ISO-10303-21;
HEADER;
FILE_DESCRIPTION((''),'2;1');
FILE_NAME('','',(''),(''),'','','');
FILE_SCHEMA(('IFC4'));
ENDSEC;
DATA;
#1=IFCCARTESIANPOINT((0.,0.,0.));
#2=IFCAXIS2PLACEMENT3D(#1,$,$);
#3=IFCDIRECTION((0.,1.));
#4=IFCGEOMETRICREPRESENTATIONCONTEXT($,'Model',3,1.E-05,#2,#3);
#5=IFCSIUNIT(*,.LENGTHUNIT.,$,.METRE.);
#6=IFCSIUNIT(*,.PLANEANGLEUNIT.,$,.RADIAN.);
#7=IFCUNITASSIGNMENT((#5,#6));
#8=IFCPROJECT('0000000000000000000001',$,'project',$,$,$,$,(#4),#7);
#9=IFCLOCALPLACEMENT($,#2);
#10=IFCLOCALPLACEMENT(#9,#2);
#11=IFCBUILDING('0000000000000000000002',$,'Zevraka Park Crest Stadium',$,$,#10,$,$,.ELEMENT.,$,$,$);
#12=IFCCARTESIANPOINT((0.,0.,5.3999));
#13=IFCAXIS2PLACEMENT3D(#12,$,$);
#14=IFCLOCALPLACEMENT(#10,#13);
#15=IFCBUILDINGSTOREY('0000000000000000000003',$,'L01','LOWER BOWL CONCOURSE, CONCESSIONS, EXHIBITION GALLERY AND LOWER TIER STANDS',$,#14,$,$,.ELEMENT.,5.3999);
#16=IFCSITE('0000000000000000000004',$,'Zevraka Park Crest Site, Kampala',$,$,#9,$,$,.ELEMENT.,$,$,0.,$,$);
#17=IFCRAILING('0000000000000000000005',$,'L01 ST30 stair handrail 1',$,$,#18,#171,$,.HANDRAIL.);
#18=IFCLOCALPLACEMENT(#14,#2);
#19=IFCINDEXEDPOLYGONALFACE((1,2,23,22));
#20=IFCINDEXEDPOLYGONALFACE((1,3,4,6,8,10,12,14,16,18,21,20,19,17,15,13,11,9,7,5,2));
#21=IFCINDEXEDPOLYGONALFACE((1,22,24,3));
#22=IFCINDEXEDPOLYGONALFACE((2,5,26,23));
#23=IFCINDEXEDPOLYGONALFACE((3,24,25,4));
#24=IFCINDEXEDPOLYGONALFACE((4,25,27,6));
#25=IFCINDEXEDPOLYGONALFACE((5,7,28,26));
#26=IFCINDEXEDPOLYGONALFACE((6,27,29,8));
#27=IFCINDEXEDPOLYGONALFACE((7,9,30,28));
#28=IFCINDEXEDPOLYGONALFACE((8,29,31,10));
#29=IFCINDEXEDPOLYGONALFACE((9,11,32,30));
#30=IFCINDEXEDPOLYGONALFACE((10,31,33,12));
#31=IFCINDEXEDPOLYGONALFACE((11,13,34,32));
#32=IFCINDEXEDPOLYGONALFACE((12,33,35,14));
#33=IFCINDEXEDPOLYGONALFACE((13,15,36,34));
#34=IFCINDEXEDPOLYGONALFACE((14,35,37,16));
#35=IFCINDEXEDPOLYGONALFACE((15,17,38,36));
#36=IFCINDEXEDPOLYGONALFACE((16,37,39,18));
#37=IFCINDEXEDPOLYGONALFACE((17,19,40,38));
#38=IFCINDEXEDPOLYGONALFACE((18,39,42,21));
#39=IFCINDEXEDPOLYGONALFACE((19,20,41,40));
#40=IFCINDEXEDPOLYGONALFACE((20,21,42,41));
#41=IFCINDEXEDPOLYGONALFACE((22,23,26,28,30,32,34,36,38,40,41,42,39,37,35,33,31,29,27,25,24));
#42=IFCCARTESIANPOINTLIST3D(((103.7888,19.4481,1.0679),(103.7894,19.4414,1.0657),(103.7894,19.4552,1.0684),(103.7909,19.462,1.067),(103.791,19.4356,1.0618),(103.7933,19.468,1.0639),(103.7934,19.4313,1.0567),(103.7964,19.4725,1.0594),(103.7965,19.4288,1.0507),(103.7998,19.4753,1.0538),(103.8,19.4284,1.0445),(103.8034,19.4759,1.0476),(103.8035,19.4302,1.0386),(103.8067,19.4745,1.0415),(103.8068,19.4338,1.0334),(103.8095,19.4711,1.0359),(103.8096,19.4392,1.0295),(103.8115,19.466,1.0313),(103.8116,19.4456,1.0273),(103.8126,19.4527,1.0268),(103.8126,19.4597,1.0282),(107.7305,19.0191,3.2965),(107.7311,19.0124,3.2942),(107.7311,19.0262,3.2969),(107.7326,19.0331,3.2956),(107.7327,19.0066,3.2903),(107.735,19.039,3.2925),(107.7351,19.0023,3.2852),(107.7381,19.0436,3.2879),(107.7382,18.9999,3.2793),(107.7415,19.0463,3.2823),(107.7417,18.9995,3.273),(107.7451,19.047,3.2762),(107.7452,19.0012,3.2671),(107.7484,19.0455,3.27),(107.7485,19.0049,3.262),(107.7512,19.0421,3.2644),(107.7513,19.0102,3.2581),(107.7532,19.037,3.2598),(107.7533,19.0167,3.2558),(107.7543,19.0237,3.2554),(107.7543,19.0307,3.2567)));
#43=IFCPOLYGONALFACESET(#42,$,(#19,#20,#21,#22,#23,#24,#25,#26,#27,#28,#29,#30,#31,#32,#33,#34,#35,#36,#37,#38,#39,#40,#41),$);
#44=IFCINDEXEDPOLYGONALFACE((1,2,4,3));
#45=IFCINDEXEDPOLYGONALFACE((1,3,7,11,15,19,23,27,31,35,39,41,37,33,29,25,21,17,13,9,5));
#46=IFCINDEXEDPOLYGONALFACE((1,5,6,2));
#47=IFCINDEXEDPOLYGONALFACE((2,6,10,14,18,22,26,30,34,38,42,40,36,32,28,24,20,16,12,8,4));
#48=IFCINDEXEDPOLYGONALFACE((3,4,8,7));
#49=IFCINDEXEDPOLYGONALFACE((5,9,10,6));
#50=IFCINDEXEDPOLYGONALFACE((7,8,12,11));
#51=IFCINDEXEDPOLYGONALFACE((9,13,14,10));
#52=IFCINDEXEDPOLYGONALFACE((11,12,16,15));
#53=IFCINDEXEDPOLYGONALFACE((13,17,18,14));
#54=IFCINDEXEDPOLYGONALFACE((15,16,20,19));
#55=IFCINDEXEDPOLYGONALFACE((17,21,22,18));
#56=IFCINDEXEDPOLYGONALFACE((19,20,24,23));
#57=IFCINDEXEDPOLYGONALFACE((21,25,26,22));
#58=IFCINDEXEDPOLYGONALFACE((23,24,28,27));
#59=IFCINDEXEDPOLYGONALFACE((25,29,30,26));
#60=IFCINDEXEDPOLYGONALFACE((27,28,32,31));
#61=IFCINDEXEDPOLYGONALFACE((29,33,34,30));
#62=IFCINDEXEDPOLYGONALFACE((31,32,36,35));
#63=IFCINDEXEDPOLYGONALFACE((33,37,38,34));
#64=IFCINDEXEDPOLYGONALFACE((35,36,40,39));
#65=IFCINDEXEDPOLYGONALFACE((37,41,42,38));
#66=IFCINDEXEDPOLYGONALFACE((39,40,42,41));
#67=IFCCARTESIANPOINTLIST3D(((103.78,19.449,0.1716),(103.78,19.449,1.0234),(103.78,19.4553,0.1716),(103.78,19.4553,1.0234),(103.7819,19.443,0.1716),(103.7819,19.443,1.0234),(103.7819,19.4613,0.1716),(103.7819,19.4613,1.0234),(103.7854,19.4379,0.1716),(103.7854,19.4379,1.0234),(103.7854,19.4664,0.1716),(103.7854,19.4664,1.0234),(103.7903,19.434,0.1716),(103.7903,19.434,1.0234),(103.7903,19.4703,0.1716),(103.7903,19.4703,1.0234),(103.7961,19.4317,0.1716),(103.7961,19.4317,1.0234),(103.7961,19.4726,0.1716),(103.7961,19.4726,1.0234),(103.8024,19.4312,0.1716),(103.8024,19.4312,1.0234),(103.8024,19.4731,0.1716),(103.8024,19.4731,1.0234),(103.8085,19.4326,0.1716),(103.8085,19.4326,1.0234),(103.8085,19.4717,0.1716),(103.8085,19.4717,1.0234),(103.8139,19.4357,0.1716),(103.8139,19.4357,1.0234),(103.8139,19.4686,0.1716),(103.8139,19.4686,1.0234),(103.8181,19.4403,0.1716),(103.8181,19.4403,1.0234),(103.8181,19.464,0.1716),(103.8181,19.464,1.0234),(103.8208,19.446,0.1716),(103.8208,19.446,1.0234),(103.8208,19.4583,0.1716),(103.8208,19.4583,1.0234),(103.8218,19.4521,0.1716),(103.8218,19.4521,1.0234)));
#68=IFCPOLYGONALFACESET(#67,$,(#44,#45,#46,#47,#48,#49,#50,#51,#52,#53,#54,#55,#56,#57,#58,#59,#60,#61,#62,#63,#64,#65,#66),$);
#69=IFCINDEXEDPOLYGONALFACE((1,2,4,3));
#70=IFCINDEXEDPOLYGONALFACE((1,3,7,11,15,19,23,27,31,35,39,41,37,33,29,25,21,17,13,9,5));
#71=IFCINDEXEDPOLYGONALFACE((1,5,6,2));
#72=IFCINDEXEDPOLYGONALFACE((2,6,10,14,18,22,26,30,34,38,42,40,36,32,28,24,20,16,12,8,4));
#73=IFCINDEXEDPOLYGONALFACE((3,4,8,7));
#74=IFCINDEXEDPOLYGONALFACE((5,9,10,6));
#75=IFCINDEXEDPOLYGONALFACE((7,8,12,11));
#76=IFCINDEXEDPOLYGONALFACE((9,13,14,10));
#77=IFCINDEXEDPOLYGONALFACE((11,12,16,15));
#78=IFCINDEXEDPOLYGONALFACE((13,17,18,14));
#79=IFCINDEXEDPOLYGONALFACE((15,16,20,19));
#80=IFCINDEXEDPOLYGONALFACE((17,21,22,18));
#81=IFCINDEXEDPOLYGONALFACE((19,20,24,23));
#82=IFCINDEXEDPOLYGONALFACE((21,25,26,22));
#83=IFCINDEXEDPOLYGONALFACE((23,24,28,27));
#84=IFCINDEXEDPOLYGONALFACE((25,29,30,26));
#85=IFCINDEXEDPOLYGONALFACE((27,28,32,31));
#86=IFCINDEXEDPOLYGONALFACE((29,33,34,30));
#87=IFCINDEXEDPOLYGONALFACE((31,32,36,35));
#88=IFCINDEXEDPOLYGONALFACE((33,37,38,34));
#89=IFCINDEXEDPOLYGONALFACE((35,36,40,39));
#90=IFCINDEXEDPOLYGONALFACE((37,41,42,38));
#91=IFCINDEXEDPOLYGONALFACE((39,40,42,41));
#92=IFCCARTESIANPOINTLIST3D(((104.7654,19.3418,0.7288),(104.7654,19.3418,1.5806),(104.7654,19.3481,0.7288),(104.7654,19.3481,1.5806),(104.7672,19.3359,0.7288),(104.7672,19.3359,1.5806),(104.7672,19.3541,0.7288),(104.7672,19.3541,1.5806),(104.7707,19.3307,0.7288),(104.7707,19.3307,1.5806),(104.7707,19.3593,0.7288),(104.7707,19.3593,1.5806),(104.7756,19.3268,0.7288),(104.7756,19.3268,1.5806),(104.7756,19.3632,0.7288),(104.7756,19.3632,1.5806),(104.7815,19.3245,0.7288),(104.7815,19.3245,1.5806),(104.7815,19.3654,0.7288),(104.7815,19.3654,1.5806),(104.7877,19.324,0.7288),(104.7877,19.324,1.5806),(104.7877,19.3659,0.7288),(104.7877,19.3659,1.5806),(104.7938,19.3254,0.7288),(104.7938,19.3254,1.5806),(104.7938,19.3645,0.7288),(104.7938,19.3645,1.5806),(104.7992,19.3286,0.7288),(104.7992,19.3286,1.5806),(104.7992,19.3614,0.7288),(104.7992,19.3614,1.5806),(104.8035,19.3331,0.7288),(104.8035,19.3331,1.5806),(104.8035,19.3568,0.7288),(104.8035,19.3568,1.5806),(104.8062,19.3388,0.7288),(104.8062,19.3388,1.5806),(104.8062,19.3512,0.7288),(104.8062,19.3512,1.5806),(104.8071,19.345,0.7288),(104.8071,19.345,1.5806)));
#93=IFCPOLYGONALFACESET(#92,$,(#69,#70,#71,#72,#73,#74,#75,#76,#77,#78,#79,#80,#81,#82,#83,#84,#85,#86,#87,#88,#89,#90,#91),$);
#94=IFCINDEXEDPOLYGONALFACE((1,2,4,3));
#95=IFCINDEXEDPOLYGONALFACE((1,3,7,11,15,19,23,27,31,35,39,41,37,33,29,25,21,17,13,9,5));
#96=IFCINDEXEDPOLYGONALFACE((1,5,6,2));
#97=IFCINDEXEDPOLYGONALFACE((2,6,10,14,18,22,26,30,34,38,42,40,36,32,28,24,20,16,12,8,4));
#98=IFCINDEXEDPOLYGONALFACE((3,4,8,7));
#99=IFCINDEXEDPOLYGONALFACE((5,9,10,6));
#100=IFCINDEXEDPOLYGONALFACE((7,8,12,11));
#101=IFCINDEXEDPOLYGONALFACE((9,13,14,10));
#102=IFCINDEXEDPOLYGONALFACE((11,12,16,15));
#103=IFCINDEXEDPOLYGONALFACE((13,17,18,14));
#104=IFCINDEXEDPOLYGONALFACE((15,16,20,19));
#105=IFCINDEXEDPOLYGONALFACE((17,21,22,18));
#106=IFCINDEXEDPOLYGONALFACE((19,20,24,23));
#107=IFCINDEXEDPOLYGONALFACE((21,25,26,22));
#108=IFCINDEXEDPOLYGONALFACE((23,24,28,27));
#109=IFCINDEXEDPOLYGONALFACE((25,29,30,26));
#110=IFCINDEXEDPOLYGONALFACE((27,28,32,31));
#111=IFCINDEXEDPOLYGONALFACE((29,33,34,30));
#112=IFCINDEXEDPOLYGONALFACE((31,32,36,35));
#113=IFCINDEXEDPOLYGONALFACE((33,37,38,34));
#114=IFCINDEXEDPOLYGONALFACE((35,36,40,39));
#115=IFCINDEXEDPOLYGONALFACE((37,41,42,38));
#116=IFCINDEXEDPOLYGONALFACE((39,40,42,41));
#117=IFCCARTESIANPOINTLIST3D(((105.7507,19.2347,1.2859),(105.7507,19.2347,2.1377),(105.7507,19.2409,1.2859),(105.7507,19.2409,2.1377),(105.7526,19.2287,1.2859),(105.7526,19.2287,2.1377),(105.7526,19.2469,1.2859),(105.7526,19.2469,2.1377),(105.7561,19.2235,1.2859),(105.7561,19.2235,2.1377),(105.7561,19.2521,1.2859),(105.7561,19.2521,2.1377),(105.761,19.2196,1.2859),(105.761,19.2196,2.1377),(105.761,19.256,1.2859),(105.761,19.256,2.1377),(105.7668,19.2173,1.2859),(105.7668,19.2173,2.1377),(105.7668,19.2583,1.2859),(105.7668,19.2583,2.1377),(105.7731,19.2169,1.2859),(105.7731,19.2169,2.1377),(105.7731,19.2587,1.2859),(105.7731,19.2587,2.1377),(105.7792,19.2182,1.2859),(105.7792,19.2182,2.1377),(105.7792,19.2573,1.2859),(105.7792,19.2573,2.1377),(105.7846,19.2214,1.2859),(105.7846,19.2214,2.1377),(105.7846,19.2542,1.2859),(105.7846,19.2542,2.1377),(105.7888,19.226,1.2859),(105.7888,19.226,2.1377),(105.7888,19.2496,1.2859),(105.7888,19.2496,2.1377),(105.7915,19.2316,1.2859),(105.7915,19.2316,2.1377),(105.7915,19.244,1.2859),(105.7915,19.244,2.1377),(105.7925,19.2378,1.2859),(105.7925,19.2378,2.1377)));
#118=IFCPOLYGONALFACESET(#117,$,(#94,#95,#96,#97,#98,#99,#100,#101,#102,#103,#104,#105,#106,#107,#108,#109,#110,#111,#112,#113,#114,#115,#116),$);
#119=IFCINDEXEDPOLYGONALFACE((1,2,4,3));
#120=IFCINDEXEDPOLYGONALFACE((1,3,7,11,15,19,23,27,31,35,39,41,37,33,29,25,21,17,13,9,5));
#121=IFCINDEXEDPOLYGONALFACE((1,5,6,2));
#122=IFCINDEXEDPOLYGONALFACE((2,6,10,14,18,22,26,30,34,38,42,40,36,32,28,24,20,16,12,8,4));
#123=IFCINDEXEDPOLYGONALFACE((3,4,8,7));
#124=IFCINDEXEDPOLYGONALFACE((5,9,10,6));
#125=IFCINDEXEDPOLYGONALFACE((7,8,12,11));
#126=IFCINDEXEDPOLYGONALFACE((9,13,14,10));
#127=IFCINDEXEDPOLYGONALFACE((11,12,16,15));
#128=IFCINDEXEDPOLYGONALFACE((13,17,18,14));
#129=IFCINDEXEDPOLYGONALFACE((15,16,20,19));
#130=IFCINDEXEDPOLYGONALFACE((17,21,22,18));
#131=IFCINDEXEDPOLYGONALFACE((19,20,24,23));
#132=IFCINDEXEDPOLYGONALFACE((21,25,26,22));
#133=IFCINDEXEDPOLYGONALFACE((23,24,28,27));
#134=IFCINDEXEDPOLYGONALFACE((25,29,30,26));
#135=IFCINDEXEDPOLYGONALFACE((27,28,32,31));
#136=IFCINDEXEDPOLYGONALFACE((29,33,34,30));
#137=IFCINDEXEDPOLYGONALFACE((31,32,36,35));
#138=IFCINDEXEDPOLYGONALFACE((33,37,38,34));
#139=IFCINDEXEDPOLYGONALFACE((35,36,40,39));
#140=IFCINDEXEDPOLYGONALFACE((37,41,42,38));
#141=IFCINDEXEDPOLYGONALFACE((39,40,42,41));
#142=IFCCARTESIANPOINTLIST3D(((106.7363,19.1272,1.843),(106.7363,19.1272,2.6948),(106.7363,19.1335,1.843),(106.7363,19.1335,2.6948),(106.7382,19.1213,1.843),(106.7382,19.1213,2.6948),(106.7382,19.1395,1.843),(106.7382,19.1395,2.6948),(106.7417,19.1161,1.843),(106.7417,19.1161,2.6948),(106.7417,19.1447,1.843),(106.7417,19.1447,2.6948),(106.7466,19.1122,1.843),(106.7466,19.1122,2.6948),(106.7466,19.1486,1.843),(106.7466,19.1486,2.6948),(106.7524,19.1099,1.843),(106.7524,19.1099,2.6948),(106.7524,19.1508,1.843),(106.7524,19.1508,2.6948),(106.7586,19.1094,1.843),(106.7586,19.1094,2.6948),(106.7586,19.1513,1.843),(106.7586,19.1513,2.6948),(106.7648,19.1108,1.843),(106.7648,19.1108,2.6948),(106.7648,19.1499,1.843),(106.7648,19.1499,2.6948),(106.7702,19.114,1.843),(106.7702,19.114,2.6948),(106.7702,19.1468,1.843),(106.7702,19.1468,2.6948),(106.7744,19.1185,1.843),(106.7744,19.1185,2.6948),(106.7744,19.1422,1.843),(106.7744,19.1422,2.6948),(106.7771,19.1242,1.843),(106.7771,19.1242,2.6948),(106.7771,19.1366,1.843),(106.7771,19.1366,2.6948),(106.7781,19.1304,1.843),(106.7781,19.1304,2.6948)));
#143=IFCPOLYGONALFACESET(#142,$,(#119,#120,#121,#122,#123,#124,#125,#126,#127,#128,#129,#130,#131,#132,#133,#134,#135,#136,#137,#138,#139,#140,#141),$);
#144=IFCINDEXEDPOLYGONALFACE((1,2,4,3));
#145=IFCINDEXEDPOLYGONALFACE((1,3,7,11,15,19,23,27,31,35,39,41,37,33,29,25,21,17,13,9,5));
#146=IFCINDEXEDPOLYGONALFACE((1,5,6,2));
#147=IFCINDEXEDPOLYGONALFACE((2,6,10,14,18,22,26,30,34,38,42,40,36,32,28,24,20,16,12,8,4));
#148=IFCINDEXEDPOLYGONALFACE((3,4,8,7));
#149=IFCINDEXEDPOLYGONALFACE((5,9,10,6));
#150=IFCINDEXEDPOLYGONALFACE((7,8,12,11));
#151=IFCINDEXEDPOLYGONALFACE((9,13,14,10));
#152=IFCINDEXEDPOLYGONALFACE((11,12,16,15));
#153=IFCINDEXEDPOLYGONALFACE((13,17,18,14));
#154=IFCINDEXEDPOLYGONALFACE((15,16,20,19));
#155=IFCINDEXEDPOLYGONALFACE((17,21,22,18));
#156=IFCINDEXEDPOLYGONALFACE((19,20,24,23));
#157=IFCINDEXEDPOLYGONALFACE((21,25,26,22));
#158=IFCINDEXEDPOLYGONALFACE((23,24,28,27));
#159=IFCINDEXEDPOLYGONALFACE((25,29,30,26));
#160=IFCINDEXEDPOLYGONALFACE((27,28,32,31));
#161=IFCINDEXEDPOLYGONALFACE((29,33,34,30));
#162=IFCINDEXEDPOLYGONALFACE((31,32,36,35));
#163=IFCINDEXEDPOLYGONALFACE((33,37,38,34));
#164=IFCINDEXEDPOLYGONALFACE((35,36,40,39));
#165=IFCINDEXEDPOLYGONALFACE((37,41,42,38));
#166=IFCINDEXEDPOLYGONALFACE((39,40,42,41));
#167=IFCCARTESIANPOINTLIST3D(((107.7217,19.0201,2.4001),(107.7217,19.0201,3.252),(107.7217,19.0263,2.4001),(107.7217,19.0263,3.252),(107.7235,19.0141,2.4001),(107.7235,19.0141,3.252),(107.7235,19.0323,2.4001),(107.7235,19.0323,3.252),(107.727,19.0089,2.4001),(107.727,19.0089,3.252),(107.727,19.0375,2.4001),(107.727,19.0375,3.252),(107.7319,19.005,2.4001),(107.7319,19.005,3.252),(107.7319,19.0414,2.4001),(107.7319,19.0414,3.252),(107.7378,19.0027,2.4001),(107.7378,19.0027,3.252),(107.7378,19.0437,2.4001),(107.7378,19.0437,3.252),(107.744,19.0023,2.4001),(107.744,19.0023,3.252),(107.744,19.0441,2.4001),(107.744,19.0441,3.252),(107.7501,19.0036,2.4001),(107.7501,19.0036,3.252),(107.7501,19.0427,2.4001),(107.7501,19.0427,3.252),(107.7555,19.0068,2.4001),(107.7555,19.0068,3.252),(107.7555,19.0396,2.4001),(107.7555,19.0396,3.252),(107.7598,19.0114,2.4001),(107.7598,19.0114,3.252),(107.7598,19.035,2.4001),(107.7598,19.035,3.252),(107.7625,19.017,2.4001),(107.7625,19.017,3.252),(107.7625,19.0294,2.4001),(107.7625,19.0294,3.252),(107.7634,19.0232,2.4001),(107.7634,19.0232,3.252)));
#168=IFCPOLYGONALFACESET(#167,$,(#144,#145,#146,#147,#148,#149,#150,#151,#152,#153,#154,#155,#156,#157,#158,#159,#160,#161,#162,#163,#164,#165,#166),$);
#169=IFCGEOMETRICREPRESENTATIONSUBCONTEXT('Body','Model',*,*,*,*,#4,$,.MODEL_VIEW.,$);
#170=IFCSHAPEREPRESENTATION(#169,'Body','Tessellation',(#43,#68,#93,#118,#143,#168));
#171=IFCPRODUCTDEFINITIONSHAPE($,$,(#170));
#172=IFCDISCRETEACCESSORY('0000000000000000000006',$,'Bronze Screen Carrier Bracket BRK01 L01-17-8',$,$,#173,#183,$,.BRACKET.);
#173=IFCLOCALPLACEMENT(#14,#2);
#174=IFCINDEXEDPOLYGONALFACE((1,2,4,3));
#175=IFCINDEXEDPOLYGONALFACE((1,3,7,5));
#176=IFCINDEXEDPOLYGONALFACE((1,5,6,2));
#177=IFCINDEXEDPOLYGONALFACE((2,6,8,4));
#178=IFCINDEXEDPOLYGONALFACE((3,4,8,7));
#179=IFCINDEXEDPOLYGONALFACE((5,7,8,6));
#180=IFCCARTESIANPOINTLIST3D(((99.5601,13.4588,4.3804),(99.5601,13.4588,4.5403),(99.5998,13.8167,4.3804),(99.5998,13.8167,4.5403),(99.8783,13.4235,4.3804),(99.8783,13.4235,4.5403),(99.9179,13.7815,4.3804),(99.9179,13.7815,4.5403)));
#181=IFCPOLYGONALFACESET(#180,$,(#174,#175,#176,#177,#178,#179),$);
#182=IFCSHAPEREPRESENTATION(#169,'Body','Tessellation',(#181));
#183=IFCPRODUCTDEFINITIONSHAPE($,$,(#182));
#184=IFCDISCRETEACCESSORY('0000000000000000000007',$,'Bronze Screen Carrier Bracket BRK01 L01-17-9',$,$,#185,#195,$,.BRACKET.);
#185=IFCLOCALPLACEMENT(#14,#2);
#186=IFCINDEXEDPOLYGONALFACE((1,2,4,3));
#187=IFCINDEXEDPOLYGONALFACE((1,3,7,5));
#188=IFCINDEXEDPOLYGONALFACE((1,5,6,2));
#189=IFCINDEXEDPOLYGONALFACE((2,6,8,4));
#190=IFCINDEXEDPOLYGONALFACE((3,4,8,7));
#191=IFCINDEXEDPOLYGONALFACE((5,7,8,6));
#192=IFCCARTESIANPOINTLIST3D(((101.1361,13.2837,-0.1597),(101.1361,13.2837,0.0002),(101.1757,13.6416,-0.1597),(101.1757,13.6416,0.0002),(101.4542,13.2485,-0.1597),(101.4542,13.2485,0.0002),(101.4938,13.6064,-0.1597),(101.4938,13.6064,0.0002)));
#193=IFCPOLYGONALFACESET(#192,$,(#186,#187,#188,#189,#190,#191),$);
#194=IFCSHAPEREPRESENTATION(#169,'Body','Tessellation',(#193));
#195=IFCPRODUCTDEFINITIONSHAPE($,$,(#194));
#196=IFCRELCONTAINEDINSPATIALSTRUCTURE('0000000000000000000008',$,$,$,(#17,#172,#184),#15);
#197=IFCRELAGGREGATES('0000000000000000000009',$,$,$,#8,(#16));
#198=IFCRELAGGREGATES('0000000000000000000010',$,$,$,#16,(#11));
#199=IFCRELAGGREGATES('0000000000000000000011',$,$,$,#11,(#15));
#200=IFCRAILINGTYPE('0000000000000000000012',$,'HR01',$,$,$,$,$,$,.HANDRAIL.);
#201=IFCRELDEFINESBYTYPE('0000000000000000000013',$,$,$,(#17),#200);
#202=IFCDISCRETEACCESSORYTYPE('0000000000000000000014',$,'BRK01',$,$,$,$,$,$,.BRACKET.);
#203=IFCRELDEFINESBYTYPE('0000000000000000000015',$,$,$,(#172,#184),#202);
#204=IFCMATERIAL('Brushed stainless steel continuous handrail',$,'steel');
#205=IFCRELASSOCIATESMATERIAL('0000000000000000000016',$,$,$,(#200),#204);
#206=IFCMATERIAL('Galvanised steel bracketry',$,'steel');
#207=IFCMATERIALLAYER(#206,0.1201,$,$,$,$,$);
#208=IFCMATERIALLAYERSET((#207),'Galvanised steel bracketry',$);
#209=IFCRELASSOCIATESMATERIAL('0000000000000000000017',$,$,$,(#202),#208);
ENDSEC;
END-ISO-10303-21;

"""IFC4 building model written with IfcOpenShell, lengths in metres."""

from ifc_helpers import new_model, si_unit, direction, frame, origin, origin_2d, place, context, subcontext, project, spatial, rectangle, circle, extrude, material, layer, layer_set, type_object, element, save


model = new_model("IFC4")

# Units and contexts
model_context = context("Model", 3, precision=1e-05, world=origin(), true_north=direction((0.0, 1.0)))
body_context = subcontext(model_context, "Body", "Model", "MODEL_VIEW")
ifc_project = project(units=[si_unit("LENGTHUNIT", "METRE"), si_unit("PLANEANGLEUNIT", "RADIAN")], contexts=[model_context])

# Site, building, storey
site_placement = place(None, origin())
site = spatial("IfcSite", under=ifc_project, at=site_placement, Name="Zevraka Park Crest Site, Kampala", CompositionType="ELEMENT", RefElevation=0.0)
building_placement = place(site_placement, origin())
building = spatial("IfcBuilding", under=site, at=building_placement, Name="Zevraka Park Crest Stadium", CompositionType="ELEMENT")
storey_placement = place(building_placement, frame((0.0, 0.0, 5.3999)))
storey = spatial("IfcBuildingStorey", under=building, at=storey_placement, Name="L01", Description="LOWER BOWL CONCOURSE, CONCESSIONS, EXHIBITION GALLERY AND LOWER TIER STANDS", CompositionType="ELEMENT", Elevation=5.3999)

# Railing
ifc_material_1 = material(Name="Brushed stainless steel continuous handrail", Category="steel")
railing_type = type_object("IfcRailingType", Name="HR01", PredefinedType="HANDRAIL", material=ifc_material_1)
railing_placement = place(storey_placement, frame((103.8008, 19.4521, 0.1716)))
element("IfcRailing", 1, at=railing_placement, inside=storey, type_object=railing_type, Name="L01 ST30 stair handrail 1", PredefinedType="HANDRAIL", context=body_context, shape_type="SweptSolid", body=[
    extrude(circle(Radius=0.0239, at=origin_2d()), frame((0.0, 0.0, 0.876), z_axis=(0.866624, -0.094311, 0.489968), x_axis=(0.108188, 0.994131, 0.0)), (0.0, 0.0, 1.0), 4.5483),
    extrude(circle(Radius=0.021, at=origin_2d()), origin(), (0.0, 0.0, 1.0), 0.8518),
    extrude(circle(Radius=0.021, at=origin_2d()), frame((0.9854, -0.1072, 0.5571)), (0.0, 0.0, 1.0), 0.8518),
    extrude(circle(Radius=0.021, at=origin_2d()), frame((1.9707, -0.2144, 1.1143)), (0.0, 0.0, 1.0), 0.8518),
    extrude(circle(Radius=0.021, at=origin_2d()), frame((2.9563, -0.3218, 1.6714)), (0.0, 0.0, 1.0), 0.8518),
    extrude(circle(Radius=0.021, at=origin_2d()), frame((3.9417, -0.429, 2.2285)), (0.0, 0.0, 1.0), 0.8518),
])

# Discrete accessories
ifc_material_2 = material(Name="Galvanised steel bracketry", Category="steel")
ifc_layer_1 = layer(ifc_material_2, 0.1201)
ifc_layer_set_1 = layer_set([ifc_layer_1], Name="Galvanised steel bracketry")
discrete_accessory_type = type_object("IfcDiscreteAccessoryType", Name="BRK01", PredefinedType="BRACKET", material=ifc_layer_set_1)
for number, where, z_axis, x_axis, name in (
    (2, (99.739, 13.6201, 4.3804), (0.0, 0.0, 1.0), (0.993923, -0.110081, 0.0), "Bronze Screen Carrier Bracket BRK01 L01-17-8"),
    (3, (101.3149, 13.4451, -0.1597), (0.0, 0.0, 1.0), (0.993923, -0.110081, 0.0), "Bronze Screen Carrier Bracket BRK01 L01-17-9"),
):
    element("IfcDiscreteAccessory", number, at=place(storey_placement, frame(where, z_axis=z_axis, x_axis=x_axis)), inside=storey, type_object=discrete_accessory_type, Name=name, PredefinedType="BRACKET", context=body_context, shape_type="SweptSolid", body=[
        extrude(rectangle(XDim=0.3201, YDim=0.3601, at=origin_2d()), origin(), (0.0, 0.0, 1.0), 0.1599),
    ])

save(model, "model.ifc")
